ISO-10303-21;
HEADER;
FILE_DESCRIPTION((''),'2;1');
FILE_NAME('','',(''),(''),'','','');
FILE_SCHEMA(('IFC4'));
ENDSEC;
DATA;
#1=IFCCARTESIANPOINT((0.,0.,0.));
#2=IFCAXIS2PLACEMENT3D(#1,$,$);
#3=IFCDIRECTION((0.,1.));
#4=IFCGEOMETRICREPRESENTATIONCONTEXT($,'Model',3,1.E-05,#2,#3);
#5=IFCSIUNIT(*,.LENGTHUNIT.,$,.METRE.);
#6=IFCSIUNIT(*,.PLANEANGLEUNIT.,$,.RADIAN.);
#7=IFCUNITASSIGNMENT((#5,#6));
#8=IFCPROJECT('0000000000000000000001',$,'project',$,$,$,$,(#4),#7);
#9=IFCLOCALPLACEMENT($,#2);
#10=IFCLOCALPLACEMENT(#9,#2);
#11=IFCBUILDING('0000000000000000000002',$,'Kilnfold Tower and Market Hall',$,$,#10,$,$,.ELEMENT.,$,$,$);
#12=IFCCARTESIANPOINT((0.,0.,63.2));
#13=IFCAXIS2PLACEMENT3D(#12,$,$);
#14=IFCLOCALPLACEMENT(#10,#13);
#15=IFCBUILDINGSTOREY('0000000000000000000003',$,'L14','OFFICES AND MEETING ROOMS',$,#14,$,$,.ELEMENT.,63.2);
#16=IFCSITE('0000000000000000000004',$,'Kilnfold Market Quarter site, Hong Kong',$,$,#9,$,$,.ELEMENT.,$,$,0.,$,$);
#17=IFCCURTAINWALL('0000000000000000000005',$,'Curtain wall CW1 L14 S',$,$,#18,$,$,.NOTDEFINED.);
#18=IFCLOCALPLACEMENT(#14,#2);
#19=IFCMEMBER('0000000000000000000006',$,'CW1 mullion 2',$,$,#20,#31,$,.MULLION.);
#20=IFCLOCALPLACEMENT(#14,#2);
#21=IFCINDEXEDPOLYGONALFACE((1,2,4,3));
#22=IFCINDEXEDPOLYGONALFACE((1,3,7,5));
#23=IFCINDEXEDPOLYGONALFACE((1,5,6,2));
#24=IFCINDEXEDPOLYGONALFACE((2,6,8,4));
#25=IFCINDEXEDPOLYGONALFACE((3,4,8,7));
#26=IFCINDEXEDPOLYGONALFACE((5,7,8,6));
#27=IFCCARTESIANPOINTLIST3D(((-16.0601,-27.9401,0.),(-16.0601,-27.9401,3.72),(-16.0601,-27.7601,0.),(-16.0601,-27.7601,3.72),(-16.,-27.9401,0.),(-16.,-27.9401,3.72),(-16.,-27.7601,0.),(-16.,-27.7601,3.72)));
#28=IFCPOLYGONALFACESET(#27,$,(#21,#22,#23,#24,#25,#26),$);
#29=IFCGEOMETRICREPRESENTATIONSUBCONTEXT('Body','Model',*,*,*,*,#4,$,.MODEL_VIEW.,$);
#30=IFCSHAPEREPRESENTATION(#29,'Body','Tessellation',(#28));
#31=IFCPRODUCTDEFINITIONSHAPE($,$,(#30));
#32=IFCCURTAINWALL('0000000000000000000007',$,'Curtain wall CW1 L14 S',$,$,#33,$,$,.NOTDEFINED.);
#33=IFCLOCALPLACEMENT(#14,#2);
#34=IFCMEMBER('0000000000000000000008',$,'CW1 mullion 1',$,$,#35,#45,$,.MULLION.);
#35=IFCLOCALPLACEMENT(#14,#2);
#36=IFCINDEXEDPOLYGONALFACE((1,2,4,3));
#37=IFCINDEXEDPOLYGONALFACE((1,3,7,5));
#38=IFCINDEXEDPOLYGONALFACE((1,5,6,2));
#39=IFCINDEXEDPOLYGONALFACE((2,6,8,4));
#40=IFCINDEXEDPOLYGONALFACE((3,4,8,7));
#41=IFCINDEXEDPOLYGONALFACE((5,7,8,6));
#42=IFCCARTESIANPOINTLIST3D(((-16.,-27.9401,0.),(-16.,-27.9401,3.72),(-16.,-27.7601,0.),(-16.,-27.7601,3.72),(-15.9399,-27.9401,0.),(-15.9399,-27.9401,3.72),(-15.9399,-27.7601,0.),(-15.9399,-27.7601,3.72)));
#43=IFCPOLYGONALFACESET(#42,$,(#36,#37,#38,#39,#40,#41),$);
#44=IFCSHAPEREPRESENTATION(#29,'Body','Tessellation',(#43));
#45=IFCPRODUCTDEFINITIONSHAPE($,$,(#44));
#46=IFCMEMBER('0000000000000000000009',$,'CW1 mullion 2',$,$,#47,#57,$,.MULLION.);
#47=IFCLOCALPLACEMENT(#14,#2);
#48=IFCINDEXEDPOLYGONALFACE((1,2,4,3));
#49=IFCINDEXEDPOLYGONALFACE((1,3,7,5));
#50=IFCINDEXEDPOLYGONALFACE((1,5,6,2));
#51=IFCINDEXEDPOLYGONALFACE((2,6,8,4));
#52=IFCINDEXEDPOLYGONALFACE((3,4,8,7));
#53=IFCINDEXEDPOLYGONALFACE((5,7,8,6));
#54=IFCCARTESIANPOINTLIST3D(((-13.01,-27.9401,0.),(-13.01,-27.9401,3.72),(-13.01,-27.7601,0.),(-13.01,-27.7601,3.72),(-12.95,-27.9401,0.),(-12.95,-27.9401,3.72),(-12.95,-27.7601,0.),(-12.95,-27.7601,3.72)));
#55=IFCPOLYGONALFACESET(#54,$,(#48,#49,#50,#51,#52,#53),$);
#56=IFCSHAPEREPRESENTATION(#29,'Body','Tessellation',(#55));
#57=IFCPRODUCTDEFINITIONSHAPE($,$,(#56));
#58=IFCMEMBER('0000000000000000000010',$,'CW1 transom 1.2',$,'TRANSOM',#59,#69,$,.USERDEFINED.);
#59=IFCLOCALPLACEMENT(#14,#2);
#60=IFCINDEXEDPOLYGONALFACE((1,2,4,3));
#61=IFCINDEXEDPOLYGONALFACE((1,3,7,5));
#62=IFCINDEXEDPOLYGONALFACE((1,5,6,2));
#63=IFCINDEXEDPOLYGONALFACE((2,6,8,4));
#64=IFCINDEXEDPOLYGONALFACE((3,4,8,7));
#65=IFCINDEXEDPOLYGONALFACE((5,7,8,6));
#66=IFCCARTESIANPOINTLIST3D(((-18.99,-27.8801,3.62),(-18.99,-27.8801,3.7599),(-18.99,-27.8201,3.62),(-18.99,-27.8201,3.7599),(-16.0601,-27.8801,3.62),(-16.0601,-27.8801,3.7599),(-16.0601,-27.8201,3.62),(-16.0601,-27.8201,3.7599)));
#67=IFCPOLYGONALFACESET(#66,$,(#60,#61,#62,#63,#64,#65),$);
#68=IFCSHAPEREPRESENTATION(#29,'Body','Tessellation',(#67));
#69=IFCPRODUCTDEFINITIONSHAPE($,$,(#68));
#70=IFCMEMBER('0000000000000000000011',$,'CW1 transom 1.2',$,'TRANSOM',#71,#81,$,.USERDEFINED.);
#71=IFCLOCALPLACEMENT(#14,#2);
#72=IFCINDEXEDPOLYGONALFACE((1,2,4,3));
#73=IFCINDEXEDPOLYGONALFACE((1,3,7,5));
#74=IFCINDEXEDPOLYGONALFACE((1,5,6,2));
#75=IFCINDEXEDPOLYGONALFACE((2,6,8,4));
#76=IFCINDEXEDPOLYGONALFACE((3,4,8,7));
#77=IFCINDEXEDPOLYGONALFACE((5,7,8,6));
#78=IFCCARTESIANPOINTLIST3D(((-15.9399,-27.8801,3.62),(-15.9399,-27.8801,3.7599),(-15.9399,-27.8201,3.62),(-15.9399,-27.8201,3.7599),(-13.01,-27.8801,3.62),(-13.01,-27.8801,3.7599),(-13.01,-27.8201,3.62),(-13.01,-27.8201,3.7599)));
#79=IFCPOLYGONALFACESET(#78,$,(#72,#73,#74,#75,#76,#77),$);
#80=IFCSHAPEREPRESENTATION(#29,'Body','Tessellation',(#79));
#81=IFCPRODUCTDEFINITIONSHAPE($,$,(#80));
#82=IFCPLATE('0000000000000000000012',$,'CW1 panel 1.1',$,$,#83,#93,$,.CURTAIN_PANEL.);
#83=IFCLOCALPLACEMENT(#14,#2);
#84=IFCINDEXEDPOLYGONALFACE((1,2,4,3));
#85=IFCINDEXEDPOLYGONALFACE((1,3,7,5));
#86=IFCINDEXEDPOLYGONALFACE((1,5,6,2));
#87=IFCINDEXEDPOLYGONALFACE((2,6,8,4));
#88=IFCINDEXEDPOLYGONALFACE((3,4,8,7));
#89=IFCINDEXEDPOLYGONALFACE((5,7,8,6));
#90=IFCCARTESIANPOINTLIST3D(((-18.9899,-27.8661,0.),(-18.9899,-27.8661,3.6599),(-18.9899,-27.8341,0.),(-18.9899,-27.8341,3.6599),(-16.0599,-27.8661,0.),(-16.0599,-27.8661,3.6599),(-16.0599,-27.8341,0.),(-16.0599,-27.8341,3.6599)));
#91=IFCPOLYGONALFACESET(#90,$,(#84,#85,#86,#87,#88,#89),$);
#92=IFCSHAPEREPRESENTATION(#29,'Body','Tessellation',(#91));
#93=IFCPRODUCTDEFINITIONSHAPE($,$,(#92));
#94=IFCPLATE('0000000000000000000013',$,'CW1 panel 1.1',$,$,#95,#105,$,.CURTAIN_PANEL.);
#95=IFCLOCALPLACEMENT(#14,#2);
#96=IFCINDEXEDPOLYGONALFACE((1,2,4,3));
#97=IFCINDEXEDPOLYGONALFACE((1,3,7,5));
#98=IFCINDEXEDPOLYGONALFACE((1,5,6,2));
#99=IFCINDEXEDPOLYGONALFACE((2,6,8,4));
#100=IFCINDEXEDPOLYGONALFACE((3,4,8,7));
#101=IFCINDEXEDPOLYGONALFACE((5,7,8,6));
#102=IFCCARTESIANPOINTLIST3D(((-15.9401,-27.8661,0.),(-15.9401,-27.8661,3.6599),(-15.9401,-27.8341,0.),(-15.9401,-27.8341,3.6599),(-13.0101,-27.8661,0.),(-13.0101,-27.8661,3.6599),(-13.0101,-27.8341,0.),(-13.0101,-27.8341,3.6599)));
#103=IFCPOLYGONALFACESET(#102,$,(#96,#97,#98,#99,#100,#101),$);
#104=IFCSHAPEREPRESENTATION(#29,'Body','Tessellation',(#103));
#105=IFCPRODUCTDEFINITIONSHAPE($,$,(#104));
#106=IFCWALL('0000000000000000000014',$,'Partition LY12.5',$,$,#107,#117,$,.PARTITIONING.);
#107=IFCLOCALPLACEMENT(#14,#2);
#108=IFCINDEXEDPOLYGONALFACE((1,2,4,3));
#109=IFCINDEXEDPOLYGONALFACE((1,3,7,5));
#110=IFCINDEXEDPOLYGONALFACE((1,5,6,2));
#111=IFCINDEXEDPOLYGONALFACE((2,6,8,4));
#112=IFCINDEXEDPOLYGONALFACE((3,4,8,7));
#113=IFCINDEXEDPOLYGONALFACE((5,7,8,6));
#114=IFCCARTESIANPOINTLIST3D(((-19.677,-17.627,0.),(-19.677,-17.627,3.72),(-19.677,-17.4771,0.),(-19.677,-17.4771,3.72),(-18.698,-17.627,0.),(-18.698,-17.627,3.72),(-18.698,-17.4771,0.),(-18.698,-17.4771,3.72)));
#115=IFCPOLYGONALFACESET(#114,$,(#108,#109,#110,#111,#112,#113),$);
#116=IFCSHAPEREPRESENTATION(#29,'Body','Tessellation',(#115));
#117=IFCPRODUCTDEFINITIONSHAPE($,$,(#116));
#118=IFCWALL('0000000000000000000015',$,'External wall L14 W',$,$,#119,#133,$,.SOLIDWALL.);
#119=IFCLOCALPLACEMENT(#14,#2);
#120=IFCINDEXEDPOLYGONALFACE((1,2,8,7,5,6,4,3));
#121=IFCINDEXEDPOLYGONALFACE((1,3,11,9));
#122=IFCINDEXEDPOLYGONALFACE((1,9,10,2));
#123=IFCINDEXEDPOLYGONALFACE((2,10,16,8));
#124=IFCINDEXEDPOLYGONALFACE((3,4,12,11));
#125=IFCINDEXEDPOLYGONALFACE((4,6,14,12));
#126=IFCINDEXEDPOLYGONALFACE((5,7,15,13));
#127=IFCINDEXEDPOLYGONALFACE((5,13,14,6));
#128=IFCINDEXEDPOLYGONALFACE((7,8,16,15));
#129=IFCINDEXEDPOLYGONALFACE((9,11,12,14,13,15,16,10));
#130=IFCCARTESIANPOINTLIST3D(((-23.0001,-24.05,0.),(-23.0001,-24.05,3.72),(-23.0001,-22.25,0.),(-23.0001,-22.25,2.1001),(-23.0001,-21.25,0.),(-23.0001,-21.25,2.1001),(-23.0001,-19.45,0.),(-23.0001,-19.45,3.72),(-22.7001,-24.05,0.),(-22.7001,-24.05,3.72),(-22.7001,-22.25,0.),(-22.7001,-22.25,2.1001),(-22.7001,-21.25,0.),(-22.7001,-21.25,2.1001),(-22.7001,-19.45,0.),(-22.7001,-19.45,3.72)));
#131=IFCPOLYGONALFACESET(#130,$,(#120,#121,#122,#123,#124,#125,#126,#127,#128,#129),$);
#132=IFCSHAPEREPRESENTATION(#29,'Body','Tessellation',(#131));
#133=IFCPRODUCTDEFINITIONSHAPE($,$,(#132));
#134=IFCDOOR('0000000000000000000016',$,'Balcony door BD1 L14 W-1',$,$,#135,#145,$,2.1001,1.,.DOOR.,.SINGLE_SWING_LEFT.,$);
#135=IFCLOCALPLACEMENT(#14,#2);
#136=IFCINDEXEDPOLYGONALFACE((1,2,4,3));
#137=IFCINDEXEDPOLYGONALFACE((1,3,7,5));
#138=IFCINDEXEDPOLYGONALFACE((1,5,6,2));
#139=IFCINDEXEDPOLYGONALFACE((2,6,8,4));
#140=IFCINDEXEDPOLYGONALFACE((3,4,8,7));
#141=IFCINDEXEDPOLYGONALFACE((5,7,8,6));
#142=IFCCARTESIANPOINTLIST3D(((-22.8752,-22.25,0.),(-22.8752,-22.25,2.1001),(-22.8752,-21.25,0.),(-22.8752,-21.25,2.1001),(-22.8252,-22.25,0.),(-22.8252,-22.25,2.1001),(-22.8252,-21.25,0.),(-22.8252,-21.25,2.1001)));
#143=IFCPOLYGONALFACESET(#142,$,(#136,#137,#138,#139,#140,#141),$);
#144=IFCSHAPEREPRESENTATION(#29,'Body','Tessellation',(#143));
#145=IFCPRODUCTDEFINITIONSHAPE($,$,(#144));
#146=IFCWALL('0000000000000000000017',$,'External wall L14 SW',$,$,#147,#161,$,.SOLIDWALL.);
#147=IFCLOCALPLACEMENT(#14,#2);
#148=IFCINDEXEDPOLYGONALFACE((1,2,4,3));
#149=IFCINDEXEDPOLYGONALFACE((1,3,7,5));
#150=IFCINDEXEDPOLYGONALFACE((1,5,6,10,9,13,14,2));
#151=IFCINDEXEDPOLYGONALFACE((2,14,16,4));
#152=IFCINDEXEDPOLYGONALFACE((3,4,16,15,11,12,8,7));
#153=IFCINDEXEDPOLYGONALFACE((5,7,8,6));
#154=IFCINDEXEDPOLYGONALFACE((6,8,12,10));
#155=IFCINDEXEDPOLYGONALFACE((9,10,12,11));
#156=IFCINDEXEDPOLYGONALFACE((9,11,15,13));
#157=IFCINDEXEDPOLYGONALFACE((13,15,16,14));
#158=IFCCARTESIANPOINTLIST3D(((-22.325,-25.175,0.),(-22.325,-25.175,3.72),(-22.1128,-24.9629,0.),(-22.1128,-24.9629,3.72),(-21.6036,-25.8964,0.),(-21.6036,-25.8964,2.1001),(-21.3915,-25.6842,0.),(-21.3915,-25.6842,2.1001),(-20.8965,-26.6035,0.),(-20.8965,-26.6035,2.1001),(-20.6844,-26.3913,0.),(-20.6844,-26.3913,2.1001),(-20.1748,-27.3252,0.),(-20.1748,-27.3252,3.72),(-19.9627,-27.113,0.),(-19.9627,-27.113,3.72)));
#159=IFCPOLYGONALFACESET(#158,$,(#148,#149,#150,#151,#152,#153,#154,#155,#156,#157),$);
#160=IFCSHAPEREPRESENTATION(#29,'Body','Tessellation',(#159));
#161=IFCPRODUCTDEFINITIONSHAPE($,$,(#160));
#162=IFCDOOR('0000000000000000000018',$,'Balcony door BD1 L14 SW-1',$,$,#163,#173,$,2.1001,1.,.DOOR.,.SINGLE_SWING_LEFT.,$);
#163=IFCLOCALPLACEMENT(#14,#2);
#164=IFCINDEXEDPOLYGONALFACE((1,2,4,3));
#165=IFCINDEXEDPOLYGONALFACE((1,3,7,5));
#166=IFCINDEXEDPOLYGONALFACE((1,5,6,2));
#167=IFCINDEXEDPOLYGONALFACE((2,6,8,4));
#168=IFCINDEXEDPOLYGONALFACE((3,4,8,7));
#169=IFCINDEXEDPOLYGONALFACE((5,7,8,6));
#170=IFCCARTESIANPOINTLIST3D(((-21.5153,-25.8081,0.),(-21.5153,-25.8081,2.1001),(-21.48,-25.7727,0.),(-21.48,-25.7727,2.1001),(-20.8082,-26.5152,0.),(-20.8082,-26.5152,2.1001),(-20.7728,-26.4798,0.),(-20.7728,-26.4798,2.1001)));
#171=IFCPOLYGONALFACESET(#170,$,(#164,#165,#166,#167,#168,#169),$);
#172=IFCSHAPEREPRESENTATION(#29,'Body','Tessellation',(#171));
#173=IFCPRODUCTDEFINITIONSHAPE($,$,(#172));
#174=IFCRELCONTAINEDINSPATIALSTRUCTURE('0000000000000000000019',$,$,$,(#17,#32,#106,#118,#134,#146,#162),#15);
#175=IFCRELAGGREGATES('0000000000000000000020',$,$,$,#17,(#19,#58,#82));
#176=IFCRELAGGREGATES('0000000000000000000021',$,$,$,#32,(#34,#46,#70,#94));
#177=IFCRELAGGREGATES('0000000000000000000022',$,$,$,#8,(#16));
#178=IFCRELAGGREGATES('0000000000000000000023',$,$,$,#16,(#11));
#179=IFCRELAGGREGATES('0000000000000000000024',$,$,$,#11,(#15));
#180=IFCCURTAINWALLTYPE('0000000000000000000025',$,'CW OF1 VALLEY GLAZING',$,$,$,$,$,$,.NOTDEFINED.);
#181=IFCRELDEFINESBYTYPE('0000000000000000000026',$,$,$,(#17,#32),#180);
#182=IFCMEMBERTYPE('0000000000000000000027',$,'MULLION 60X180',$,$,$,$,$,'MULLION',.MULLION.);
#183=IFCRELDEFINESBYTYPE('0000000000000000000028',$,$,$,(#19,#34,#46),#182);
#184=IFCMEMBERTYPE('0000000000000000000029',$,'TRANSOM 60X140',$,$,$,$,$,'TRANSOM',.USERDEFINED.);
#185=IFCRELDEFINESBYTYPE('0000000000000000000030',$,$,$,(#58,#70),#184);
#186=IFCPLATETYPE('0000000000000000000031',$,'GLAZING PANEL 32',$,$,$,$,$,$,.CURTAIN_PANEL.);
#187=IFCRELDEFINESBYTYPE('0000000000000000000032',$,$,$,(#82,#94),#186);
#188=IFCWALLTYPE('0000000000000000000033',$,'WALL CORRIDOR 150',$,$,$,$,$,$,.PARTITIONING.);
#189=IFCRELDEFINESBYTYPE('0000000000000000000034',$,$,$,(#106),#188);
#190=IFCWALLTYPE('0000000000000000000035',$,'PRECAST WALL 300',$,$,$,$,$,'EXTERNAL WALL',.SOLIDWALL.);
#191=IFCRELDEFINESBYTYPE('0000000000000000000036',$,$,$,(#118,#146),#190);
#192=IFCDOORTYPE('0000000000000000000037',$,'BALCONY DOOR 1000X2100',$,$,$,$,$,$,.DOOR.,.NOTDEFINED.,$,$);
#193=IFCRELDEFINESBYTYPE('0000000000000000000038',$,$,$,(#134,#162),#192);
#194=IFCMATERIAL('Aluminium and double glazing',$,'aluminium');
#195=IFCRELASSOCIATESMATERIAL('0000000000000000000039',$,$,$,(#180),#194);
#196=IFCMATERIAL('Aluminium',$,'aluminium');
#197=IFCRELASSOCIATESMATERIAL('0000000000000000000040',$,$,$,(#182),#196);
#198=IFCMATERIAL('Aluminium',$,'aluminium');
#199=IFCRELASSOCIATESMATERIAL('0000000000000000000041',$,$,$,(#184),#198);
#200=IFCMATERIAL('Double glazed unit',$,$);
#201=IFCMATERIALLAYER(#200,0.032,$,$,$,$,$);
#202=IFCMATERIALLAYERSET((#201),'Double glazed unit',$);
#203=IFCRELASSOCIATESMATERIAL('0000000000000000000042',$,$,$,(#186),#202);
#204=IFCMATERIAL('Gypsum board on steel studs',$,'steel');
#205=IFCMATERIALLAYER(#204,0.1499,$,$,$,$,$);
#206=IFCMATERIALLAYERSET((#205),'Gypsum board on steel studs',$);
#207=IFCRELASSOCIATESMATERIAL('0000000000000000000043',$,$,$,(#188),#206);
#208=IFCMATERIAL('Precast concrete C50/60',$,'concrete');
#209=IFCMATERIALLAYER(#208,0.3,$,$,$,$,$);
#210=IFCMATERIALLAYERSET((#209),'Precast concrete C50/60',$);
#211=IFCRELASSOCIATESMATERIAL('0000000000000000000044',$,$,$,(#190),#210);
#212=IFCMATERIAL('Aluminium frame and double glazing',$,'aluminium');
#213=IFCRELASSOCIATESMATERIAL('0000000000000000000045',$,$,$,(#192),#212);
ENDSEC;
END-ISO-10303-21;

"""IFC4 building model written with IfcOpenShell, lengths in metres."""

from ifc_helpers import new_model, si_unit, direction, frame, frame_2d, origin, origin_2d, place, context, subcontext, project, spatial, rectangle, extrude, source, transform, mapped, material, layer, layer_set, material_profile, profile_set, type_object, element, fill, aggregate, save


model = new_model("IFC4")

# Units and contexts
model_context = context("Model", 3, precision=1e-05, world=origin(), true_north=direction((0.0, 1.0)))
body_context = subcontext(model_context, "Body", "Model", "MODEL_VIEW")
ifc_project = project(units=[si_unit("LENGTHUNIT", "METRE"), si_unit("PLANEANGLEUNIT", "RADIAN")], contexts=[model_context])

# Site, building, storey
site_placement = place(None, origin())
site = spatial("IfcSite", under=ifc_project, at=site_placement, Name="Kilnfold Market Quarter site, Hong Kong", CompositionType="ELEMENT", RefElevation=0.0)
building_placement = place(site_placement, origin())
building = spatial("IfcBuilding", under=site, at=building_placement, Name="Kilnfold Tower and Market Hall", CompositionType="ELEMENT")
storey_placement = place(building_placement, frame((0.0, 0.0, 63.2)))
storey = spatial("IfcBuildingStorey", under=building, at=storey_placement, Name="L14", Description="OFFICES AND MEETING ROOMS", CompositionType="ELEMENT", Elevation=63.2)

# Curtain walls, members
ifc_material_1 = material(Name="Aluminium and double glazing", Category="aluminium")
curtain_wall_type = type_object("IfcCurtainWallType", Name="CW OF1 VALLEY GLAZING", PredefinedType="NOTDEFINED", material=ifc_material_1)
curtain_wall_1_placement = place(storey_placement, origin())
curtain_wall_1 = element("IfcCurtainWall", 1, at=curtain_wall_1_placement, inside=storey, type_object=curtain_wall_type, Name="Curtain wall CW1 L14 S", PredefinedType="NOTDEFINED")
ifc_material_2 = material(Name="Aluminium", Category="aluminium")
ifc_material_profile_1 = material_profile(ifc_material_2, rectangle(XDim=0.0601, YDim=0.1799, at=origin_2d()), Name="MULLION 60x180")
ifc_profile_set_1 = profile_set([ifc_material_profile_1], Name="Aluminium")
member_type_1 = type_object("IfcMemberType", Name="MULLION 60X180", ElementType="MULLION", PredefinedType="MULLION", material=ifc_profile_set_1)
shared_shape_1 = source(origin(), body_context, "Body", "SweptSolid", [
    extrude(rectangle(XDim=0.0601, YDim=0.1799, at=origin_2d()), origin(), (0.0, 0.0, 1.0), 3.72),
])
member_1_placement = place(storey_placement, frame((-16.03, -27.8501, 0.0), z_axis=(0.0, 0.0, 1.0), x_axis=(1.0, 0.0, 0.0)))
member_1 = element("IfcMember", 2, at=member_1_placement, type_object=member_type_1, Name="CW1 mullion 2", PredefinedType="MULLION", context=body_context, shape_type="MappedRepresentation", body=[
    mapped(shared_shape_1, transform((0.0, 0.0, 0.0))),
])
curtain_wall_2_placement = place(storey_placement, origin())
curtain_wall_2 = element("IfcCurtainWall", 3, at=curtain_wall_2_placement, inside=storey, type_object=curtain_wall_type, Name="Curtain wall CW1 L14 S", PredefinedType="NOTDEFINED")
member_2_placement = place(storey_placement, frame((-15.97, -27.8501, 0.0), z_axis=(0.0, 0.0, 1.0), x_axis=(1.0, 0.0, 0.0)))
member_2 = element("IfcMember", 4, at=member_2_placement, type_object=member_type_1, Name="CW1 mullion 1", PredefinedType="MULLION", context=body_context, shape_type="MappedRepresentation", body=[
    mapped(shared_shape_1, transform((0.0, 0.0, 0.0))),
])
member_3_placement = place(storey_placement, frame((-12.98, -27.8501, 0.0), z_axis=(0.0, 0.0, 1.0), x_axis=(1.0, 0.0, 0.0)))
member_3 = element("IfcMember", 5, at=member_3_placement, type_object=member_type_1, Name="CW1 mullion 2", PredefinedType="MULLION", context=body_context, shape_type="MappedRepresentation", body=[
    mapped(shared_shape_1, transform((0.0, 0.0, 0.0))),
])

# Members
ifc_material_3 = material(Name="Aluminium", Category="aluminium")
ifc_material_profile_2 = material_profile(ifc_material_3, rectangle(XDim=0.0601, YDim=0.1399, at=origin_2d()), Name="TRANSOM 60x140")
ifc_profile_set_2 = profile_set([ifc_material_profile_2], Name="Aluminium")
member_type_2 = type_object("IfcMemberType", Name="TRANSOM 60X140", ElementType="TRANSOM", PredefinedType="USERDEFINED", material=ifc_profile_set_2)
shared_shape_2 = source(origin(), body_context, "Body", "SweptSolid", [
    extrude(rectangle(XDim=0.0601, YDim=0.1399, at=origin_2d()), origin(), (0.0, 0.0, 1.0), 2.9299),
])
member_4_placement = place(storey_placement, frame((-18.99, -27.8501, 3.6899), z_axis=(1.0, 0.0, 0.0), x_axis=(0.0, 1.0, 0.0)))
member_4 = element("IfcMember", 6, at=member_4_placement, type_object=member_type_2, Name="CW1 transom 1.2", ObjectType="TRANSOM", PredefinedType="USERDEFINED", context=body_context, shape_type="MappedRepresentation", body=[
    mapped(shared_shape_2, transform((0.0, 0.0, 0.0))),
])
member_5_placement = place(storey_placement, frame((-15.9399, -27.8501, 3.6899), z_axis=(1.0, 0.0, 0.0), x_axis=(0.0, 1.0, 0.0)))
member_5 = element("IfcMember", 7, at=member_5_placement, type_object=member_type_2, Name="CW1 transom 1.2", ObjectType="TRANSOM", PredefinedType="USERDEFINED", context=body_context, shape_type="MappedRepresentation", body=[
    mapped(shared_shape_2, transform((0.0, 0.0, 0.0))),
])

# Plates
ifc_material_4 = material(Name="Double glazed unit")
ifc_layer_1 = layer(ifc_material_4, 0.032)
ifc_layer_set_1 = layer_set([ifc_layer_1], Name="Double glazed unit")
plate_type = type_object("IfcPlateType", Name="GLAZING PANEL 32", PredefinedType="CURTAIN_PANEL", material=ifc_layer_set_1)
shared_shape_3 = source(origin(), body_context, "Body", "SweptSolid", [
    extrude(rectangle(XDim=2.9299, YDim=0.032, at=origin_2d()), origin(), (0.0, 0.0, 1.0), 3.6599),
])
plate_1_placement = place(storey_placement, frame((-17.5249, -27.8501, 0.0), z_axis=(0.0, 0.0, 1.0), x_axis=(1.0, 0.0, 0.0)))
plate_1 = element("IfcPlate", 8, at=plate_1_placement, type_object=plate_type, Name="CW1 panel 1.1", PredefinedType="CURTAIN_PANEL", context=body_context, shape_type="MappedRepresentation", body=[
    mapped(shared_shape_3, transform((0.0, 0.0, 0.0))),
])
aggregate(curtain_wall_1, [member_1, member_4, plate_1])
plate_2_placement = place(storey_placement, frame((-14.4751, -27.8501, 0.0), z_axis=(0.0, 0.0, 1.0), x_axis=(1.0, 0.0, 0.0)))
plate_2 = element("IfcPlate", 9, at=plate_2_placement, type_object=plate_type, Name="CW1 panel 1.1", PredefinedType="CURTAIN_PANEL", context=body_context, shape_type="MappedRepresentation", body=[
    mapped(shared_shape_3, transform((0.0, 0.0, 0.0))),
])
aggregate(curtain_wall_2, [member_2, member_3, member_5, plate_2])

# Wall
ifc_material_5 = material(Name="Gypsum board on steel studs", Category="steel")
ifc_layer_2 = layer(ifc_material_5, 0.1499)
ifc_layer_set_2 = layer_set([ifc_layer_2], Name="Gypsum board on steel studs")
wall_type_1 = type_object("IfcWallType", Name="WALL CORRIDOR 150", PredefinedType="PARTITIONING", material=ifc_layer_set_2)
wall_1_placement = place(storey_placement, frame((-19.677, -17.552, 0.0), z_axis=(0.0, 0.0, 1.0), x_axis=(1.0, 0.0, 0.0)))
element("IfcWall", 10, at=wall_1_placement, inside=storey, type_object=wall_type_1, Name="Partition LY12.5", PredefinedType="PARTITIONING", context=body_context, shape_type="SweptSolid", body=[
    extrude(rectangle(XDim=0.979, YDim=0.1499, at=frame_2d((0.4895, 0.0))), origin(), (0.0, 0.0, 1.0), 3.72),
])

# Walls, openings, doors
ifc_material_6 = material(Name="Precast concrete C50/60", Category="concrete")
ifc_layer_3 = layer(ifc_material_6, 0.3)
ifc_layer_set_3 = layer_set([ifc_layer_3], Name="Precast concrete C50/60")
wall_type_2 = type_object("IfcWallType", Name="PRECAST WALL 300", ElementType="EXTERNAL WALL", PredefinedType="SOLIDWALL", material=ifc_layer_set_3)
shared_shape_4 = source(origin(), body_context, "Body", "SweptSolid", [
    extrude(rectangle(XDim=4.6001, YDim=0.3, at=frame_2d((2.3, 0.0))), origin(), (0.0, 0.0, 1.0), 3.72),
])
wall_2_placement = place(storey_placement, frame((-22.8501, -19.45, 0.0), z_axis=(0.0, 0.0, 1.0), x_axis=(0.0, -1.0, 0.0)))
wall_2 = element("IfcWall", 11, at=wall_2_placement, inside=storey, type_object=wall_type_2, Name="External wall L14 W", PredefinedType="SOLIDWALL", context=body_context, shape_type="MappedRepresentation", body=[
    mapped(shared_shape_4, transform((0.0, 0.0, 0.0))),
])
opening_1_placement = place(wall_2_placement, frame((1.8, 0.0, 0.0)))
opening_1 = element("IfcOpeningElement", 12, at=opening_1_placement, cuts=wall_2, PredefinedType="OPENING", context=body_context, shape_type="SweptSolid", body=[
    extrude(rectangle(XDim=1.0, YDim=2.1001, at=frame_2d((0.5, 1.05))), frame((0.0, 0.1602, 0.0), z_axis=(0.0, -1.0, 0.0), x_axis=(1.0, 0.0, 0.0)), (0.0, 0.0, 1.0), 0.3201),
])
ifc_material_7 = material(Name="Aluminium frame and double glazing", Category="aluminium")
door_type = type_object("IfcDoorType", Name="BALCONY DOOR 1000X2100", OperationType="NOTDEFINED", PredefinedType="DOOR", material=ifc_material_7)
door_1_placement = place(opening_1_placement, origin())
door_1 = element("IfcDoor", 13, at=door_1_placement, inside=storey, type_object=door_type, Name="Balcony door BD1 L14 W-1", OperationType="SINGLE_SWING_LEFT", OverallHeight=2.1001, OverallWidth=1.0, PredefinedType="DOOR", context=body_context, shape_type="SweptSolid", body=[
    extrude(rectangle(XDim=1.0, YDim=2.1001, at=frame_2d((0.5, 1.05))), frame((0.0, 0.0249, 0.0), z_axis=(0.0, -1.0, 0.0), x_axis=(1.0, 0.0, 0.0)), (0.0, 0.0, 1.0), 0.05),
])
fill(opening_1, door_1)
shared_shape_5 = source(origin(), body_context, "Body", "SweptSolid", [
    extrude(rectangle(XDim=3.0408, YDim=0.3, at=frame_2d((1.5205, 0.0))), origin(), (0.0, 0.0, 1.0), 3.72),
])
wall_3_placement = place(storey_placement, frame((-22.219, -25.0688, 0.0), z_axis=(0.0, 0.0, 1.0), x_axis=(0.707107, -0.707107, 0.0)))
wall_3 = element("IfcWall", 14, at=wall_3_placement, inside=storey, type_object=wall_type_2, Name="External wall L14 SW", PredefinedType="SOLIDWALL", context=body_context, shape_type="MappedRepresentation", body=[
    mapped(shared_shape_5, transform((0.0, 0.0, 0.0))),
])
opening_2_placement = place(wall_3_placement, frame((1.0203, 0.0, 0.0)))
opening_2 = element("IfcOpeningElement", 15, at=opening_2_placement, cuts=wall_3, PredefinedType="OPENING", context=body_context, shape_type="SweptSolid", body=[
    extrude(rectangle(XDim=1.0, YDim=2.1001, at=frame_2d((0.5, 1.05))), frame((0.0, 0.1602, 0.0), z_axis=(0.0, -1.0, 0.0), x_axis=(1.0, 0.0, 0.0)), (0.0, 0.0, 1.0), 0.3201),
])
door_2_placement = place(opening_2_placement, origin())
door_2 = element("IfcDoor", 16, at=door_2_placement, inside=storey, type_object=door_type, Name="Balcony door BD1 L14 SW-1", OperationType="SINGLE_SWING_LEFT", OverallHeight=2.1001, OverallWidth=1.0, PredefinedType="DOOR", context=body_context, shape_type="SweptSolid", body=[
    extrude(rectangle(XDim=1.0, YDim=2.1001, at=frame_2d((0.5, 1.05))), frame((0.0, 0.0249, 0.0), z_axis=(0.0, -1.0, 0.0), x_axis=(1.0, 0.0, 0.0)), (0.0, 0.0, 1.0), 0.05),
])
fill(opening_2, door_2)

save(model, "model.ifc")
